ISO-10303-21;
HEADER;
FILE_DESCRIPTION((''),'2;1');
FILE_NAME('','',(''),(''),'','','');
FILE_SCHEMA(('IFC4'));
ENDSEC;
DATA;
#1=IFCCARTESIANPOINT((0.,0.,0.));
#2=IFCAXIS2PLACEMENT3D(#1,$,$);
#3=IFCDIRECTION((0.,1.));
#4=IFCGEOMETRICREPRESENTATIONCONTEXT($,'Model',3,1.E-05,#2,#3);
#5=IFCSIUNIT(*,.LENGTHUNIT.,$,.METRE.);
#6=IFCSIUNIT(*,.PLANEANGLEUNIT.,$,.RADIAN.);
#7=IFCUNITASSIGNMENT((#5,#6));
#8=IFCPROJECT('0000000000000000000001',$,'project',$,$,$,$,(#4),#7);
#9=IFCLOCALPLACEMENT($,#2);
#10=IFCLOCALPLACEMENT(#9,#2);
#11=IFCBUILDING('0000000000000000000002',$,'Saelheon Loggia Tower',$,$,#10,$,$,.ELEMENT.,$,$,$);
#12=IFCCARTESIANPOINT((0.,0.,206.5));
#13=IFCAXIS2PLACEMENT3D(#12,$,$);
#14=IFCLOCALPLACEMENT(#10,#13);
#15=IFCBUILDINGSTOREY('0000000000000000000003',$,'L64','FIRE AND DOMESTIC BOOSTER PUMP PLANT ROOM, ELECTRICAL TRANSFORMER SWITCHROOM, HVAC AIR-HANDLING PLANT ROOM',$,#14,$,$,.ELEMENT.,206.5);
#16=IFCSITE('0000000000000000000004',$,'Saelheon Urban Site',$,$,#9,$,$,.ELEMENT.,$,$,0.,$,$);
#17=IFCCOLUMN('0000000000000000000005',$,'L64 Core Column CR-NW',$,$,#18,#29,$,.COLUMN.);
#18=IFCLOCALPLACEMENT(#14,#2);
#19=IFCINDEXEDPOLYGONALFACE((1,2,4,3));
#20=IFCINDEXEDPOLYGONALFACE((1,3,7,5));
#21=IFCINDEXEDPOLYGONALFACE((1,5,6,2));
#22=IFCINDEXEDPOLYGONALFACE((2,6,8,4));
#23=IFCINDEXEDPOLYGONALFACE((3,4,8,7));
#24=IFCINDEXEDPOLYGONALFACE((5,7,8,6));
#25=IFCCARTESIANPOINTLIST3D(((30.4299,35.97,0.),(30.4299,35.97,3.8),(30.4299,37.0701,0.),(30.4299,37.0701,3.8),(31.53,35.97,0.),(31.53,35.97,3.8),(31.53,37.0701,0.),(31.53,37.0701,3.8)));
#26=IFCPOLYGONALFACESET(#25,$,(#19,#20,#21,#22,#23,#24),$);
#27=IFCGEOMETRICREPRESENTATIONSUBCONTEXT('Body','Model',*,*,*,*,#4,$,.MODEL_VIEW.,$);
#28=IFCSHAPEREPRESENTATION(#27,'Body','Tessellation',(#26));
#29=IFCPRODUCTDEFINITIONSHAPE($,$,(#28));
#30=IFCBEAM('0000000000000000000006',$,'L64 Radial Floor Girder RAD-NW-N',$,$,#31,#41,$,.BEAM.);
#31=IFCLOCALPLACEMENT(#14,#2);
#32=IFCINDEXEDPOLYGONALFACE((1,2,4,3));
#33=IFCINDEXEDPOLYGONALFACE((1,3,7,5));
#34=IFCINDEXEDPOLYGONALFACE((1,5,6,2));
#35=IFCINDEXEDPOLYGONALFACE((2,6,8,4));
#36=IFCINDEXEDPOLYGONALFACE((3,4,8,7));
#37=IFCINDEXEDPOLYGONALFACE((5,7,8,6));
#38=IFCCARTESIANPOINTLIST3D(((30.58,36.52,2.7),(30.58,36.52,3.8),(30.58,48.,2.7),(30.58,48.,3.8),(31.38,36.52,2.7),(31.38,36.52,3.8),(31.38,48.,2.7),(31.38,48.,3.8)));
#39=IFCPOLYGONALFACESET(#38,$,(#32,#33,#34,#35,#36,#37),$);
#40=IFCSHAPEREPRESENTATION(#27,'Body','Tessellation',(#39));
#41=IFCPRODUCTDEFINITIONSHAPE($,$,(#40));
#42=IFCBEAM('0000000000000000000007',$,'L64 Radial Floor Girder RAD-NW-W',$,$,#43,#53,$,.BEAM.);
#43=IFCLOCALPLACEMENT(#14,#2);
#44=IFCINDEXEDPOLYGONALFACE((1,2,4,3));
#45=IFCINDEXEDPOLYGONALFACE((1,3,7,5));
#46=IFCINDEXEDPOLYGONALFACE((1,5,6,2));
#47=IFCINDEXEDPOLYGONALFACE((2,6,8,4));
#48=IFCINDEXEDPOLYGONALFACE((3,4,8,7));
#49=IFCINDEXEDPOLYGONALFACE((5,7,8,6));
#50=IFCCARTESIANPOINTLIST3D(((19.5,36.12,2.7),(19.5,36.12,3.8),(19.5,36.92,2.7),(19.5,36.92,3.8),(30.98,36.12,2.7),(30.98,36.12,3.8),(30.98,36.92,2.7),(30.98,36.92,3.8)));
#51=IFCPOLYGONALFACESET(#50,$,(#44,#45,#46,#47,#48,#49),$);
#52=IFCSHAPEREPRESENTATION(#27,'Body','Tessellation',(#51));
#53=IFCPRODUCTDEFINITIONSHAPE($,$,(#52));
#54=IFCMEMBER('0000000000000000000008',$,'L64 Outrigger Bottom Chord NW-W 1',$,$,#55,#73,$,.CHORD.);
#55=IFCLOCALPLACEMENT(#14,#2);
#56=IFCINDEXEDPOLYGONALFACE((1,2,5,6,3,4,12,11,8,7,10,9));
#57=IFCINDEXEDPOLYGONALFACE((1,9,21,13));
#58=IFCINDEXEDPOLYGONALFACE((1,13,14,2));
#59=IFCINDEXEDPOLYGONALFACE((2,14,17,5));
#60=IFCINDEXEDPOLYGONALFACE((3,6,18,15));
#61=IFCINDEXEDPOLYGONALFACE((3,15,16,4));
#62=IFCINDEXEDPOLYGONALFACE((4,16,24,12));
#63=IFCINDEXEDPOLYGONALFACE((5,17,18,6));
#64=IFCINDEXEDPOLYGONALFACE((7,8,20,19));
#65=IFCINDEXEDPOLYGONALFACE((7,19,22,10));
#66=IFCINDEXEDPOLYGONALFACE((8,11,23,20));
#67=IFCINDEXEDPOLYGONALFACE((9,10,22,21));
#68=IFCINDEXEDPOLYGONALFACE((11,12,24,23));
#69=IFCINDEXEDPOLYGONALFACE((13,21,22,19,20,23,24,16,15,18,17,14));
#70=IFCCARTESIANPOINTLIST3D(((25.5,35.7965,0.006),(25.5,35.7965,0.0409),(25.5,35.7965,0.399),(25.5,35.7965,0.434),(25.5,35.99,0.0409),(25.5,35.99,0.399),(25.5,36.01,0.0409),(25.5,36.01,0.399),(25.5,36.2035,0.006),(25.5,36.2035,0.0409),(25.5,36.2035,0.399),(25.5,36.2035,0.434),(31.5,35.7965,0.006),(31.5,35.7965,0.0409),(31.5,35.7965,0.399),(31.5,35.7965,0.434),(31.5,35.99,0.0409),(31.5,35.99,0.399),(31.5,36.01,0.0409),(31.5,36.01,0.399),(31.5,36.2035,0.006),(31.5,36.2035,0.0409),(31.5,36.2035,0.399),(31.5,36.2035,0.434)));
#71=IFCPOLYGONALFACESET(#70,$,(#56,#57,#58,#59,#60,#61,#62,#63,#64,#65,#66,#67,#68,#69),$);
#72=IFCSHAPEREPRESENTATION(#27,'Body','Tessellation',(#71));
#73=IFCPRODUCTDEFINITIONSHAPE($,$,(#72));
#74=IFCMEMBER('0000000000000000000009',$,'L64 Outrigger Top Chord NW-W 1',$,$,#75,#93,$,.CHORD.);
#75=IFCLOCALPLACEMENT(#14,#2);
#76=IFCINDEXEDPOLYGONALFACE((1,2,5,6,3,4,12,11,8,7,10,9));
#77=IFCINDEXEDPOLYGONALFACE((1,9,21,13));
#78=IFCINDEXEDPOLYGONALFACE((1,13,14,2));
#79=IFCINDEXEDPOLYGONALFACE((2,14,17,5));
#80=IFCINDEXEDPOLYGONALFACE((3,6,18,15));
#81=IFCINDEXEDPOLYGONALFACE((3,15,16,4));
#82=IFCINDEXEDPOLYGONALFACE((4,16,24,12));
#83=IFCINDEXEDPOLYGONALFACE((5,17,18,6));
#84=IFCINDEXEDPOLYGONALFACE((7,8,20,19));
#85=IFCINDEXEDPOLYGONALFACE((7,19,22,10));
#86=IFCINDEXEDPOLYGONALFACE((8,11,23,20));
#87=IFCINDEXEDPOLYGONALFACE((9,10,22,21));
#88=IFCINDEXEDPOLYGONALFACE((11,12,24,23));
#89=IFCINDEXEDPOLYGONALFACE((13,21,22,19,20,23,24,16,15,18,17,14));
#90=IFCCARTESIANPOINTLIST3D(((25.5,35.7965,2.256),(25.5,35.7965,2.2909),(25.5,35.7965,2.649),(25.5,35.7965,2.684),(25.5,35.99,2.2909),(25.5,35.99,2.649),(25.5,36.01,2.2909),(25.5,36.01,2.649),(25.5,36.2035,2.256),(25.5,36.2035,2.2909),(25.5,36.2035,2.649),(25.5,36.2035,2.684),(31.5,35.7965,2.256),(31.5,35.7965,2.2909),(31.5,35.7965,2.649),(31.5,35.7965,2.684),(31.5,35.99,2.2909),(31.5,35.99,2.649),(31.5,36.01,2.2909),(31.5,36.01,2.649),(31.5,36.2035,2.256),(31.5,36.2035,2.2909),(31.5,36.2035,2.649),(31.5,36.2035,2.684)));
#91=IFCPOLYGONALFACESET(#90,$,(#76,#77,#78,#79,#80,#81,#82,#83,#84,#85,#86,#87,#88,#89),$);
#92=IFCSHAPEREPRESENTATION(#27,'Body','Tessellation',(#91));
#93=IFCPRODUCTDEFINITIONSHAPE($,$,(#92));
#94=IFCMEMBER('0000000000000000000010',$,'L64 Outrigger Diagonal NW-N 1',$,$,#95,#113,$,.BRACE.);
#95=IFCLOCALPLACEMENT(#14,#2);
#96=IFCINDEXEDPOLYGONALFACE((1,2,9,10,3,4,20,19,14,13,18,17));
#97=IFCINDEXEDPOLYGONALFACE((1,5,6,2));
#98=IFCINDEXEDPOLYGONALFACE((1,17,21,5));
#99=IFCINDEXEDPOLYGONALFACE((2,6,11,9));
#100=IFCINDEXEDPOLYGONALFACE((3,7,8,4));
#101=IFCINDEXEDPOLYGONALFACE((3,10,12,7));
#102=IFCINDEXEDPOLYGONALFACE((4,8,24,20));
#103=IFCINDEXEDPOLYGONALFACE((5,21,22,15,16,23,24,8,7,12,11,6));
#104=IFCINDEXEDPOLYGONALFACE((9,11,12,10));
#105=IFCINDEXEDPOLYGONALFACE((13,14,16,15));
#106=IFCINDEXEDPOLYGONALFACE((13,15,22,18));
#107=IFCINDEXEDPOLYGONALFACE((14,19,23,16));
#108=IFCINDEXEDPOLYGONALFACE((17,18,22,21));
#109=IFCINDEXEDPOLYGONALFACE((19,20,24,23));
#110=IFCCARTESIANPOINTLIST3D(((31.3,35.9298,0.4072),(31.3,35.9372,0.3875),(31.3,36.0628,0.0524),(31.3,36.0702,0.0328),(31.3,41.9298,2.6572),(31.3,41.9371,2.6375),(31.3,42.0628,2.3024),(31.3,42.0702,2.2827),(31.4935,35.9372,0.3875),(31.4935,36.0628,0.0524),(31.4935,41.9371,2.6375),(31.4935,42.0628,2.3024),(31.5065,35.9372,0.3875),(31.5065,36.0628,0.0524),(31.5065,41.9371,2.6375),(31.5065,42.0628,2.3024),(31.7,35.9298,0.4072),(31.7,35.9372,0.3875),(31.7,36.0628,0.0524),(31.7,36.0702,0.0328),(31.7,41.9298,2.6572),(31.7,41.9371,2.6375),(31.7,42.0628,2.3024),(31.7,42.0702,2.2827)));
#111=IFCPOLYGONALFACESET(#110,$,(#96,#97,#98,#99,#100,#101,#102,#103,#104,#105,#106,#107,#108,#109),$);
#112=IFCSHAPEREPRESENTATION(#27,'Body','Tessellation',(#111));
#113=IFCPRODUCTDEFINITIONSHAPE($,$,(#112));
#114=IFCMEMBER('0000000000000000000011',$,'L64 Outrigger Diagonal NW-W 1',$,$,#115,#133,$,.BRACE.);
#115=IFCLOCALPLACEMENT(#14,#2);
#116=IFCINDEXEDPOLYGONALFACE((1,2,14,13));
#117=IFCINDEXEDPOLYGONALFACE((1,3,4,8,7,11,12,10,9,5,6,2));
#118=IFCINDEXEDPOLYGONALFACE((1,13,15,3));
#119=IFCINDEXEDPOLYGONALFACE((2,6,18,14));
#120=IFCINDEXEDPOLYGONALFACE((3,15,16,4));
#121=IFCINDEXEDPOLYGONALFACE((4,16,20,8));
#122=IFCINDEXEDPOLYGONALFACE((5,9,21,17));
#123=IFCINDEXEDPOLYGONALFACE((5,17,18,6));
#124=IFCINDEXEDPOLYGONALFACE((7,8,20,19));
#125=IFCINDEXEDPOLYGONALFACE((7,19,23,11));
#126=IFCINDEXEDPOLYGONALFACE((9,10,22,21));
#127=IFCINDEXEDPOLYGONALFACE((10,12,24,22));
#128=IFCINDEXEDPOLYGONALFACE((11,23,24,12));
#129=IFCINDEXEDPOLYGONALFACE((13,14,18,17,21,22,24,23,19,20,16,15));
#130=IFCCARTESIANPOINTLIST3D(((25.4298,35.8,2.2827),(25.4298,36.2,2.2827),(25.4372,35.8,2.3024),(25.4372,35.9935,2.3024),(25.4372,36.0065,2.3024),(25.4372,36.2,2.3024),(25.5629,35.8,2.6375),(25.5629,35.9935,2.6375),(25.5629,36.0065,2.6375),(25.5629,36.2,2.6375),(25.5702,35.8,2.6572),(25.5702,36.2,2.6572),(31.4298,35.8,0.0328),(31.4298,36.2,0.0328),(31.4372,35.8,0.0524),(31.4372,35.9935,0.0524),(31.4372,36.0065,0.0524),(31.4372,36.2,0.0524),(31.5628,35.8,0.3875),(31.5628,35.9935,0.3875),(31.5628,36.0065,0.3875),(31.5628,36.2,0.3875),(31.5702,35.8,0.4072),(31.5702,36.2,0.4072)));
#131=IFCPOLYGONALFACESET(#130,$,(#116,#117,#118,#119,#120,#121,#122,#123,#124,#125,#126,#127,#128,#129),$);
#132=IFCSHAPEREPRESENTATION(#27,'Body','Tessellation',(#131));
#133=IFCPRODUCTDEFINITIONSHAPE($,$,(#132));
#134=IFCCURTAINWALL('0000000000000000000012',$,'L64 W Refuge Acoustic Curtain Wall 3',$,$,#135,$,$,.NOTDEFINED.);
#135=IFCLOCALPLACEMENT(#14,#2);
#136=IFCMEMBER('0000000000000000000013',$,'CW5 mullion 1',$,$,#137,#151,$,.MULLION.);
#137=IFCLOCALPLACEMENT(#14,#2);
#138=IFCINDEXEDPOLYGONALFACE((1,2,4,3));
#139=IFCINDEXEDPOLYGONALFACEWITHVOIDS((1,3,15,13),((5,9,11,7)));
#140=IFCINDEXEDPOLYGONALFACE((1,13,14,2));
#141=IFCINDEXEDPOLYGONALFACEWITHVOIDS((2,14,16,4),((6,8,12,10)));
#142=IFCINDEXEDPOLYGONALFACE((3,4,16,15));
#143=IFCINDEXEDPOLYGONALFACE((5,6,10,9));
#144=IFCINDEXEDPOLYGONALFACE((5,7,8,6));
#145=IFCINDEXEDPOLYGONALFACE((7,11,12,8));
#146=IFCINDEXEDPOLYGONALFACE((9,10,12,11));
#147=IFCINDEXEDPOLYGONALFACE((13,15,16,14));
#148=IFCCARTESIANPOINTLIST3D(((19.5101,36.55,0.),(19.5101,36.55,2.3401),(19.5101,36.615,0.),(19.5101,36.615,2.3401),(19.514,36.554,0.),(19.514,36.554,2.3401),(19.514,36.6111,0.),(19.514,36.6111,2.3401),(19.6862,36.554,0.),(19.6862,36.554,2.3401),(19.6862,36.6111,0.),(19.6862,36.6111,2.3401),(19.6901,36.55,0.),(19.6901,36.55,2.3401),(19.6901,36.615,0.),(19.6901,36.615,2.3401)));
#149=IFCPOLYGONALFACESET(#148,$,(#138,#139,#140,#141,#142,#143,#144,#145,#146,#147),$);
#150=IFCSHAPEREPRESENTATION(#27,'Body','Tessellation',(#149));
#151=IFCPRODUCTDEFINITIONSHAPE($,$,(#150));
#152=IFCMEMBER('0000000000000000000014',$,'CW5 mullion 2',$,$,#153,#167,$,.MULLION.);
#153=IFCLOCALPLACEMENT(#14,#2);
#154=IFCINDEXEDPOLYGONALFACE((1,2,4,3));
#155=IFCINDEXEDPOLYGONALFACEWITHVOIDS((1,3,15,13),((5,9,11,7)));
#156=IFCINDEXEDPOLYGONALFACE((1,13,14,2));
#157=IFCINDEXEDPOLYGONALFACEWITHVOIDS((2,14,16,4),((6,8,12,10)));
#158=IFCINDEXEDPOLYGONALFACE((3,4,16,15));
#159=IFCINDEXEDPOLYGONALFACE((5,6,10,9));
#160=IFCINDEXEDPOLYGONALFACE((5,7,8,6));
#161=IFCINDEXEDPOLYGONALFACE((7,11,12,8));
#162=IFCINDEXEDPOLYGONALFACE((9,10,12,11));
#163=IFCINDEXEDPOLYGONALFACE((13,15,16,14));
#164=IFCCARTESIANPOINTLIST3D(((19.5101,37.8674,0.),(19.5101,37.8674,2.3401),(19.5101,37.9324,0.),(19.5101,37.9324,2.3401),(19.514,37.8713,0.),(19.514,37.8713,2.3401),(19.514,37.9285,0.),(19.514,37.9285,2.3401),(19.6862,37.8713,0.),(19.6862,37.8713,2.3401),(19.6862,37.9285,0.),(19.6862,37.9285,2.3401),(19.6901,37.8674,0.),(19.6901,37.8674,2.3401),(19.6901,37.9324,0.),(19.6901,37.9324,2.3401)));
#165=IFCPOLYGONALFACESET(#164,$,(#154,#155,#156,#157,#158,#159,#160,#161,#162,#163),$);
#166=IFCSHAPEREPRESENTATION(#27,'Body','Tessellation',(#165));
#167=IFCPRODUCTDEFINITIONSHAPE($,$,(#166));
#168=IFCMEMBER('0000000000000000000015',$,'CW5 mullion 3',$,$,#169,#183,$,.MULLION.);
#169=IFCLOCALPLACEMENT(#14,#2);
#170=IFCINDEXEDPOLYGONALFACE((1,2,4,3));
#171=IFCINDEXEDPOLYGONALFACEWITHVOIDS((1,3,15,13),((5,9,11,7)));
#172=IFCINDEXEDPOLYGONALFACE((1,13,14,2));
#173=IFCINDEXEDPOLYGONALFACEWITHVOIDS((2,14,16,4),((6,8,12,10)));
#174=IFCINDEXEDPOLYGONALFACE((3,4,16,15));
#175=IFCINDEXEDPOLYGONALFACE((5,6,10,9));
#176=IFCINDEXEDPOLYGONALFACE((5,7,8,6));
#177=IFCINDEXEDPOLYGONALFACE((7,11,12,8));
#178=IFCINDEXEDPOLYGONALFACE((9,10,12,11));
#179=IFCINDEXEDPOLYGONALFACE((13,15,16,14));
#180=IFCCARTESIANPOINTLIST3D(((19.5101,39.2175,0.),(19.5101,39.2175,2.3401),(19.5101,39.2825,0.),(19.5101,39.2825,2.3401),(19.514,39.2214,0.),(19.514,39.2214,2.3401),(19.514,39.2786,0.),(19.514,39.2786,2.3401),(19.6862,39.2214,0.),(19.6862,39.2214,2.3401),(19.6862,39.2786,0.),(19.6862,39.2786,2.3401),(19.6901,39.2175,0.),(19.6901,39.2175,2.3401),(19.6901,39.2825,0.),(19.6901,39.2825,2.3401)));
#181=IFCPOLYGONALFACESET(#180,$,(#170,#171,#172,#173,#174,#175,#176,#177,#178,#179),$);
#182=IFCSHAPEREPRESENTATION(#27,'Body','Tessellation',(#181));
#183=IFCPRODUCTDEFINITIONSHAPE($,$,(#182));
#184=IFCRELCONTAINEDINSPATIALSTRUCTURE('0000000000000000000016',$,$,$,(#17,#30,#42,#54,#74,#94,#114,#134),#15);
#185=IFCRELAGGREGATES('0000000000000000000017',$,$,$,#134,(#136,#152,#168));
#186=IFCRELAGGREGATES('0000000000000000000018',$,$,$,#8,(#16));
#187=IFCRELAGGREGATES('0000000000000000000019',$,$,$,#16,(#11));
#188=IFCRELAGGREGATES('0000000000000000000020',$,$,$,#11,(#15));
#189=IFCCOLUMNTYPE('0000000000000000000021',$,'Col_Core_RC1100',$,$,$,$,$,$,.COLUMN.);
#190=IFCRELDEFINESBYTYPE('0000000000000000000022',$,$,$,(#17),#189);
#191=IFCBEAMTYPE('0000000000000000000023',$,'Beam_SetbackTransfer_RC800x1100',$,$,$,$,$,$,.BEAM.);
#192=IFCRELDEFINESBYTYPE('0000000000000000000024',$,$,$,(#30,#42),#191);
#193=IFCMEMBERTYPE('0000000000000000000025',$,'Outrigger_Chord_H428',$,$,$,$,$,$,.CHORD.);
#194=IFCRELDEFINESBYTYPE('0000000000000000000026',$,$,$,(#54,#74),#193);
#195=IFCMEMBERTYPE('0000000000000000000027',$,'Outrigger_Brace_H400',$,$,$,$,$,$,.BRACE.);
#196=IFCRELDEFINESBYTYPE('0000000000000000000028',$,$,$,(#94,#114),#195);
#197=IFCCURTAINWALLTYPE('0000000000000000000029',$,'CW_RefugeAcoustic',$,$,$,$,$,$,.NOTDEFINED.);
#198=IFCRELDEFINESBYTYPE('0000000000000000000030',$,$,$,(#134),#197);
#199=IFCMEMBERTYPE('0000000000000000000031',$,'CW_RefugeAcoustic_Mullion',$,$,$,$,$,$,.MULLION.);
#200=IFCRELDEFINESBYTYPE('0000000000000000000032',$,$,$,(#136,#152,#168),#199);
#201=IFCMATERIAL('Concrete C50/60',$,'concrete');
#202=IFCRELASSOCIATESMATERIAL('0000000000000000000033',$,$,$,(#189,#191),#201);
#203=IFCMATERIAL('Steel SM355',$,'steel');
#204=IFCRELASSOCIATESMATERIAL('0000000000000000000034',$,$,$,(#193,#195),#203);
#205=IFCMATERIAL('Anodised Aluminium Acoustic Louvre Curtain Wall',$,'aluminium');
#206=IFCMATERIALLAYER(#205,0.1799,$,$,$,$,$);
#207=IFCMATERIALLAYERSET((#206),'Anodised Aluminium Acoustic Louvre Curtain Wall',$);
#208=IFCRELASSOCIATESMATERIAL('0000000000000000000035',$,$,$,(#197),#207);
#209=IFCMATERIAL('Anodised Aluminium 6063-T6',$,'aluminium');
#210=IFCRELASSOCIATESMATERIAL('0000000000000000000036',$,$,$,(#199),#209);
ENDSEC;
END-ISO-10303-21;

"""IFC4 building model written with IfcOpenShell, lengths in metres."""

from ifc_helpers import new_model, si_unit, direction, frame, origin, origin_2d, place, context, subcontext, project, spatial, rectangle, hollow_rectangle, i_section, extrude, source, transform, mapped, material, layer, layer_set, material_profile, profile_set, type_object, element, aggregate, save


model = new_model("IFC4")

# Units and contexts
model_context = context("Model", 3, precision=1e-05, world=origin(), true_north=direction((0.0, 1.0)))
body_context = subcontext(model_context, "Body", "Model", "MODEL_VIEW")
ifc_project = project(units=[si_unit("LENGTHUNIT", "METRE"), si_unit("PLANEANGLEUNIT", "RADIAN")], contexts=[model_context])

# Site, building, storey
site_placement = place(None, origin())
site = spatial("IfcSite", under=ifc_project, at=site_placement, Name="Saelheon Urban Site", CompositionType="ELEMENT", RefElevation=0.0)
building_placement = place(site_placement, origin())
building = spatial("IfcBuilding", under=site, at=building_placement, Name="Saelheon Loggia Tower", CompositionType="ELEMENT")
storey_placement = place(building_placement, frame((0.0, 0.0, 206.5)))
storey = spatial("IfcBuildingStorey", under=building, at=storey_placement, Name="L64", Description="FIRE AND DOMESTIC BOOSTER PUMP PLANT ROOM, ELECTRICAL TRANSFORMER SWITCHROOM, HVAC AIR-HANDLING PLANT ROOM", CompositionType="ELEMENT", Elevation=206.5)

# Column
ifc_material_1 = material(Name="Concrete C50/60", Category="concrete")
ifc_material_profile_1 = material_profile(ifc_material_1, rectangle(XDim=1.1001, YDim=1.1001, at=origin_2d()), Name="RC-1100x1100")
ifc_profile_set_1 = profile_set([ifc_material_profile_1], Name="Concrete C50/60")
column_type = type_object("IfcColumnType", Name="Col_Core_RC1100", PredefinedType="COLUMN", material=ifc_profile_set_1)
shared_shape_1 = source(origin(), body_context, "Body", "SweptSolid", [
    extrude(rectangle(XDim=1.1001, YDim=1.1001, at=origin_2d()), origin(), (0.0, 0.0, 1.0), 3.8),
])
column_placement = place(storey_placement, frame((30.98, 36.52, 0.0), z_axis=(0.0, 0.0, 1.0), x_axis=(1.0, 0.0, 0.0)))
element("IfcColumn", 1, at=column_placement, inside=storey, type_object=column_type, Name="L64 Core Column CR-NW", PredefinedType="COLUMN", context=body_context, shape_type="MappedRepresentation", body=[
    mapped(shared_shape_1, transform((0.0, 0.0, 0.0), scale=1.0)),
])

# Beams
ifc_material_profile_2 = material_profile(ifc_material_1, rectangle(XDim=0.8, YDim=1.1001, at=origin_2d()), Name="RC-800x1100")
ifc_profile_set_2 = profile_set([ifc_material_profile_2], Name="Concrete C50/60")
beam_type = type_object("IfcBeamType", Name="Beam_SetbackTransfer_RC800x1100", PredefinedType="BEAM", material=ifc_profile_set_2)
shared_shape_2 = source(origin(), body_context, "Body", "SweptSolid", [
    extrude(rectangle(XDim=0.8, YDim=1.1001, at=origin_2d()), origin(), (0.0, 0.0, 1.0), 11.48),
])
for number, where, z_axis, x_axis, name in (
    (2, (30.98, 36.52, 3.25), (0.0, 1.0, 0.0), (-1.0, 0.0, 0.0), "L64 Radial Floor Girder RAD-NW-N"),
    (3, (30.98, 36.52, 3.25), (-1.0, 0.0, 0.0), (0.0, -1.0, 0.0), "L64 Radial Floor Girder RAD-NW-W"),
):
    element("IfcBeam", number, at=place(storey_placement, frame(where, z_axis=z_axis, x_axis=x_axis)), inside=storey, type_object=beam_type, Name=name, PredefinedType="BEAM", context=body_context, shape_type="MappedRepresentation", body=[
        mapped(shared_shape_2, transform((0.0, 0.0, 0.0), scale=1.0)),
    ])

# Members
ifc_material_2 = material(Name="Steel SM355", Category="steel")
ifc_material_profile_3 = material_profile(ifc_material_2, i_section(OverallWidth=0.407, OverallDepth=0.428, WebThickness=0.02, FlangeThickness=0.0349, at=origin_2d()), Name="H-428x407x20x35")
ifc_profile_set_3 = profile_set([ifc_material_profile_3], Name="Steel SM355")
member_type_1 = type_object("IfcMemberType", Name="Outrigger_Chord_H428", PredefinedType="CHORD", material=ifc_profile_set_3)
shared_shape_3 = source(origin(), body_context, "Body", "SweptSolid", [
    extrude(i_section(OverallWidth=0.407, OverallDepth=0.428, WebThickness=0.02, FlangeThickness=0.0349, at=origin_2d()), origin(), (0.0, 0.0, 1.0), 6.0),
])
for number, where, z_axis, x_axis, name in (
    (4, (31.5, 36.0, 0.22), (-1.0, 0.0, 0.0), (0.0, -1.0, 0.0), "L64 Outrigger Bottom Chord NW-W 1"),
    (5, (31.5, 36.0, 2.47), (-1.0, 0.0, 0.0), (0.0, -1.0, 0.0), "L64 Outrigger Top Chord NW-W 1"),
):
    element("IfcMember", number, at=place(storey_placement, frame(where, z_axis=z_axis, x_axis=x_axis)), inside=storey, type_object=member_type_1, Name=name, PredefinedType="CHORD", context=body_context, shape_type="MappedRepresentation", body=[
        mapped(shared_shape_3, transform((0.0, 0.0, 0.0), scale=1.0)),
    ])
ifc_material_profile_4 = material_profile(ifc_material_2, i_section(OverallWidth=0.3999, OverallDepth=0.3999, WebThickness=0.0129, FlangeThickness=0.021, at=origin_2d()), Name="H-400x400x13x21")
ifc_profile_set_4 = profile_set([ifc_material_profile_4], Name="Steel SM355")
member_type_2 = type_object("IfcMemberType", Name="Outrigger_Brace_H400", PredefinedType="BRACE", material=ifc_profile_set_4)
shared_shape_4 = source(origin(), body_context, "Body", "SweptSolid", [
    extrude(i_section(OverallWidth=0.3999, OverallDepth=0.3999, WebThickness=0.0129, FlangeThickness=0.021, at=origin_2d()), origin(), (0.0, 0.0, 1.0), 6.408),
])
for number, where, z_axis, x_axis, name in (
    (6, (31.5, 36.0, 0.22), (0.0, 0.936329, 0.351123), (-1.0, 0.0, 0.0), "L64 Outrigger Diagonal NW-N 1"),
    (7, (31.5, 36.0, 0.22), (-0.936329, 0.0, 0.351123), (0.0, -1.0, 0.0), "L64 Outrigger Diagonal NW-W 1"),
):
    element("IfcMember", number, at=place(storey_placement, frame(where, z_axis=z_axis, x_axis=x_axis)), inside=storey, type_object=member_type_2, Name=name, PredefinedType="BRACE", context=body_context, shape_type="MappedRepresentation", body=[
        mapped(shared_shape_4, transform((0.0, 0.0, 0.0), scale=1.0)),
    ])

# Curtain wall, members
ifc_material_3 = material(Name="Anodised Aluminium Acoustic Louvre Curtain Wall", Category="aluminium")
ifc_layer_1 = layer(ifc_material_3, 0.1799)
ifc_layer_set_1 = layer_set([ifc_layer_1], Name="Anodised Aluminium Acoustic Louvre Curtain Wall")
curtain_wall_type = type_object("IfcCurtainWallType", Name="CW_RefugeAcoustic", PredefinedType="NOTDEFINED", material=ifc_layer_set_1)
curtain_wall_placement = place(storey_placement, origin())
curtain_wall = element("IfcCurtainWall", 8, at=curtain_wall_placement, inside=storey, type_object=curtain_wall_type, Name="L64 W Refuge Acoustic Curtain Wall 3", PredefinedType="NOTDEFINED")
ifc_material_4 = material(Name="Anodised Aluminium 6063-T6", Category="aluminium")
ifc_material_profile_5 = material_profile(ifc_material_4, hollow_rectangle(XDim=0.0649, YDim=0.1799, WallThickness=0.0039, at=origin_2d()), Name="RHS-180x65x4")
ifc_profile_set_5 = profile_set([ifc_material_profile_5], Name="Anodised Aluminium 6063-T6")
member_type_3 = type_object("IfcMemberType", Name="CW_RefugeAcoustic_Mullion", PredefinedType="MULLION", material=ifc_profile_set_5)
shared_shape_5 = source(origin(), body_context, "Body", "SweptSolid", [
    extrude(hollow_rectangle(XDim=0.0649, YDim=0.1799, WallThickness=0.0039, at=origin_2d()), origin(), (0.0, 0.0, 1.0), 2.3401),
])
member_1_placement = place(storey_placement, frame((19.6001, 36.5825, 0.0), z_axis=(0.0, 0.0, 1.0), x_axis=(0.0, 1.0, 0.0)))
member_1 = element("IfcMember", 9, at=member_1_placement, type_object=member_type_3, Name="CW5 mullion 1", PredefinedType="MULLION", context=body_context, shape_type="MappedRepresentation", body=[
    mapped(shared_shape_5, transform((0.0, 0.0, 0.0), scale=1.0)),
])
member_2_placement = place(storey_placement, frame((19.6001, 37.8999, 0.0), z_axis=(0.0, 0.0, 1.0), x_axis=(0.0, 1.0, 0.0)))
member_2 = element("IfcMember", 10, at=member_2_placement, type_object=member_type_3, Name="CW5 mullion 2", PredefinedType="MULLION", context=body_context, shape_type="MappedRepresentation", body=[
    mapped(shared_shape_5, transform((0.0, 0.0, 0.0), scale=1.0)),
])
member_3_placement = place(storey_placement, frame((19.6001, 39.25, 0.0), z_axis=(0.0, 0.0, 1.0), x_axis=(0.0, 1.0, 0.0)))
member_3 = element("IfcMember", 11, at=member_3_placement, type_object=member_type_3, Name="CW5 mullion 3", PredefinedType="MULLION", context=body_context, shape_type="MappedRepresentation", body=[
    mapped(shared_shape_5, transform((0.0, 0.0, 0.0), scale=1.0)),
])

aggregate(curtain_wall, [member_1, member_2, member_3])

save(model, "model.ifc")
